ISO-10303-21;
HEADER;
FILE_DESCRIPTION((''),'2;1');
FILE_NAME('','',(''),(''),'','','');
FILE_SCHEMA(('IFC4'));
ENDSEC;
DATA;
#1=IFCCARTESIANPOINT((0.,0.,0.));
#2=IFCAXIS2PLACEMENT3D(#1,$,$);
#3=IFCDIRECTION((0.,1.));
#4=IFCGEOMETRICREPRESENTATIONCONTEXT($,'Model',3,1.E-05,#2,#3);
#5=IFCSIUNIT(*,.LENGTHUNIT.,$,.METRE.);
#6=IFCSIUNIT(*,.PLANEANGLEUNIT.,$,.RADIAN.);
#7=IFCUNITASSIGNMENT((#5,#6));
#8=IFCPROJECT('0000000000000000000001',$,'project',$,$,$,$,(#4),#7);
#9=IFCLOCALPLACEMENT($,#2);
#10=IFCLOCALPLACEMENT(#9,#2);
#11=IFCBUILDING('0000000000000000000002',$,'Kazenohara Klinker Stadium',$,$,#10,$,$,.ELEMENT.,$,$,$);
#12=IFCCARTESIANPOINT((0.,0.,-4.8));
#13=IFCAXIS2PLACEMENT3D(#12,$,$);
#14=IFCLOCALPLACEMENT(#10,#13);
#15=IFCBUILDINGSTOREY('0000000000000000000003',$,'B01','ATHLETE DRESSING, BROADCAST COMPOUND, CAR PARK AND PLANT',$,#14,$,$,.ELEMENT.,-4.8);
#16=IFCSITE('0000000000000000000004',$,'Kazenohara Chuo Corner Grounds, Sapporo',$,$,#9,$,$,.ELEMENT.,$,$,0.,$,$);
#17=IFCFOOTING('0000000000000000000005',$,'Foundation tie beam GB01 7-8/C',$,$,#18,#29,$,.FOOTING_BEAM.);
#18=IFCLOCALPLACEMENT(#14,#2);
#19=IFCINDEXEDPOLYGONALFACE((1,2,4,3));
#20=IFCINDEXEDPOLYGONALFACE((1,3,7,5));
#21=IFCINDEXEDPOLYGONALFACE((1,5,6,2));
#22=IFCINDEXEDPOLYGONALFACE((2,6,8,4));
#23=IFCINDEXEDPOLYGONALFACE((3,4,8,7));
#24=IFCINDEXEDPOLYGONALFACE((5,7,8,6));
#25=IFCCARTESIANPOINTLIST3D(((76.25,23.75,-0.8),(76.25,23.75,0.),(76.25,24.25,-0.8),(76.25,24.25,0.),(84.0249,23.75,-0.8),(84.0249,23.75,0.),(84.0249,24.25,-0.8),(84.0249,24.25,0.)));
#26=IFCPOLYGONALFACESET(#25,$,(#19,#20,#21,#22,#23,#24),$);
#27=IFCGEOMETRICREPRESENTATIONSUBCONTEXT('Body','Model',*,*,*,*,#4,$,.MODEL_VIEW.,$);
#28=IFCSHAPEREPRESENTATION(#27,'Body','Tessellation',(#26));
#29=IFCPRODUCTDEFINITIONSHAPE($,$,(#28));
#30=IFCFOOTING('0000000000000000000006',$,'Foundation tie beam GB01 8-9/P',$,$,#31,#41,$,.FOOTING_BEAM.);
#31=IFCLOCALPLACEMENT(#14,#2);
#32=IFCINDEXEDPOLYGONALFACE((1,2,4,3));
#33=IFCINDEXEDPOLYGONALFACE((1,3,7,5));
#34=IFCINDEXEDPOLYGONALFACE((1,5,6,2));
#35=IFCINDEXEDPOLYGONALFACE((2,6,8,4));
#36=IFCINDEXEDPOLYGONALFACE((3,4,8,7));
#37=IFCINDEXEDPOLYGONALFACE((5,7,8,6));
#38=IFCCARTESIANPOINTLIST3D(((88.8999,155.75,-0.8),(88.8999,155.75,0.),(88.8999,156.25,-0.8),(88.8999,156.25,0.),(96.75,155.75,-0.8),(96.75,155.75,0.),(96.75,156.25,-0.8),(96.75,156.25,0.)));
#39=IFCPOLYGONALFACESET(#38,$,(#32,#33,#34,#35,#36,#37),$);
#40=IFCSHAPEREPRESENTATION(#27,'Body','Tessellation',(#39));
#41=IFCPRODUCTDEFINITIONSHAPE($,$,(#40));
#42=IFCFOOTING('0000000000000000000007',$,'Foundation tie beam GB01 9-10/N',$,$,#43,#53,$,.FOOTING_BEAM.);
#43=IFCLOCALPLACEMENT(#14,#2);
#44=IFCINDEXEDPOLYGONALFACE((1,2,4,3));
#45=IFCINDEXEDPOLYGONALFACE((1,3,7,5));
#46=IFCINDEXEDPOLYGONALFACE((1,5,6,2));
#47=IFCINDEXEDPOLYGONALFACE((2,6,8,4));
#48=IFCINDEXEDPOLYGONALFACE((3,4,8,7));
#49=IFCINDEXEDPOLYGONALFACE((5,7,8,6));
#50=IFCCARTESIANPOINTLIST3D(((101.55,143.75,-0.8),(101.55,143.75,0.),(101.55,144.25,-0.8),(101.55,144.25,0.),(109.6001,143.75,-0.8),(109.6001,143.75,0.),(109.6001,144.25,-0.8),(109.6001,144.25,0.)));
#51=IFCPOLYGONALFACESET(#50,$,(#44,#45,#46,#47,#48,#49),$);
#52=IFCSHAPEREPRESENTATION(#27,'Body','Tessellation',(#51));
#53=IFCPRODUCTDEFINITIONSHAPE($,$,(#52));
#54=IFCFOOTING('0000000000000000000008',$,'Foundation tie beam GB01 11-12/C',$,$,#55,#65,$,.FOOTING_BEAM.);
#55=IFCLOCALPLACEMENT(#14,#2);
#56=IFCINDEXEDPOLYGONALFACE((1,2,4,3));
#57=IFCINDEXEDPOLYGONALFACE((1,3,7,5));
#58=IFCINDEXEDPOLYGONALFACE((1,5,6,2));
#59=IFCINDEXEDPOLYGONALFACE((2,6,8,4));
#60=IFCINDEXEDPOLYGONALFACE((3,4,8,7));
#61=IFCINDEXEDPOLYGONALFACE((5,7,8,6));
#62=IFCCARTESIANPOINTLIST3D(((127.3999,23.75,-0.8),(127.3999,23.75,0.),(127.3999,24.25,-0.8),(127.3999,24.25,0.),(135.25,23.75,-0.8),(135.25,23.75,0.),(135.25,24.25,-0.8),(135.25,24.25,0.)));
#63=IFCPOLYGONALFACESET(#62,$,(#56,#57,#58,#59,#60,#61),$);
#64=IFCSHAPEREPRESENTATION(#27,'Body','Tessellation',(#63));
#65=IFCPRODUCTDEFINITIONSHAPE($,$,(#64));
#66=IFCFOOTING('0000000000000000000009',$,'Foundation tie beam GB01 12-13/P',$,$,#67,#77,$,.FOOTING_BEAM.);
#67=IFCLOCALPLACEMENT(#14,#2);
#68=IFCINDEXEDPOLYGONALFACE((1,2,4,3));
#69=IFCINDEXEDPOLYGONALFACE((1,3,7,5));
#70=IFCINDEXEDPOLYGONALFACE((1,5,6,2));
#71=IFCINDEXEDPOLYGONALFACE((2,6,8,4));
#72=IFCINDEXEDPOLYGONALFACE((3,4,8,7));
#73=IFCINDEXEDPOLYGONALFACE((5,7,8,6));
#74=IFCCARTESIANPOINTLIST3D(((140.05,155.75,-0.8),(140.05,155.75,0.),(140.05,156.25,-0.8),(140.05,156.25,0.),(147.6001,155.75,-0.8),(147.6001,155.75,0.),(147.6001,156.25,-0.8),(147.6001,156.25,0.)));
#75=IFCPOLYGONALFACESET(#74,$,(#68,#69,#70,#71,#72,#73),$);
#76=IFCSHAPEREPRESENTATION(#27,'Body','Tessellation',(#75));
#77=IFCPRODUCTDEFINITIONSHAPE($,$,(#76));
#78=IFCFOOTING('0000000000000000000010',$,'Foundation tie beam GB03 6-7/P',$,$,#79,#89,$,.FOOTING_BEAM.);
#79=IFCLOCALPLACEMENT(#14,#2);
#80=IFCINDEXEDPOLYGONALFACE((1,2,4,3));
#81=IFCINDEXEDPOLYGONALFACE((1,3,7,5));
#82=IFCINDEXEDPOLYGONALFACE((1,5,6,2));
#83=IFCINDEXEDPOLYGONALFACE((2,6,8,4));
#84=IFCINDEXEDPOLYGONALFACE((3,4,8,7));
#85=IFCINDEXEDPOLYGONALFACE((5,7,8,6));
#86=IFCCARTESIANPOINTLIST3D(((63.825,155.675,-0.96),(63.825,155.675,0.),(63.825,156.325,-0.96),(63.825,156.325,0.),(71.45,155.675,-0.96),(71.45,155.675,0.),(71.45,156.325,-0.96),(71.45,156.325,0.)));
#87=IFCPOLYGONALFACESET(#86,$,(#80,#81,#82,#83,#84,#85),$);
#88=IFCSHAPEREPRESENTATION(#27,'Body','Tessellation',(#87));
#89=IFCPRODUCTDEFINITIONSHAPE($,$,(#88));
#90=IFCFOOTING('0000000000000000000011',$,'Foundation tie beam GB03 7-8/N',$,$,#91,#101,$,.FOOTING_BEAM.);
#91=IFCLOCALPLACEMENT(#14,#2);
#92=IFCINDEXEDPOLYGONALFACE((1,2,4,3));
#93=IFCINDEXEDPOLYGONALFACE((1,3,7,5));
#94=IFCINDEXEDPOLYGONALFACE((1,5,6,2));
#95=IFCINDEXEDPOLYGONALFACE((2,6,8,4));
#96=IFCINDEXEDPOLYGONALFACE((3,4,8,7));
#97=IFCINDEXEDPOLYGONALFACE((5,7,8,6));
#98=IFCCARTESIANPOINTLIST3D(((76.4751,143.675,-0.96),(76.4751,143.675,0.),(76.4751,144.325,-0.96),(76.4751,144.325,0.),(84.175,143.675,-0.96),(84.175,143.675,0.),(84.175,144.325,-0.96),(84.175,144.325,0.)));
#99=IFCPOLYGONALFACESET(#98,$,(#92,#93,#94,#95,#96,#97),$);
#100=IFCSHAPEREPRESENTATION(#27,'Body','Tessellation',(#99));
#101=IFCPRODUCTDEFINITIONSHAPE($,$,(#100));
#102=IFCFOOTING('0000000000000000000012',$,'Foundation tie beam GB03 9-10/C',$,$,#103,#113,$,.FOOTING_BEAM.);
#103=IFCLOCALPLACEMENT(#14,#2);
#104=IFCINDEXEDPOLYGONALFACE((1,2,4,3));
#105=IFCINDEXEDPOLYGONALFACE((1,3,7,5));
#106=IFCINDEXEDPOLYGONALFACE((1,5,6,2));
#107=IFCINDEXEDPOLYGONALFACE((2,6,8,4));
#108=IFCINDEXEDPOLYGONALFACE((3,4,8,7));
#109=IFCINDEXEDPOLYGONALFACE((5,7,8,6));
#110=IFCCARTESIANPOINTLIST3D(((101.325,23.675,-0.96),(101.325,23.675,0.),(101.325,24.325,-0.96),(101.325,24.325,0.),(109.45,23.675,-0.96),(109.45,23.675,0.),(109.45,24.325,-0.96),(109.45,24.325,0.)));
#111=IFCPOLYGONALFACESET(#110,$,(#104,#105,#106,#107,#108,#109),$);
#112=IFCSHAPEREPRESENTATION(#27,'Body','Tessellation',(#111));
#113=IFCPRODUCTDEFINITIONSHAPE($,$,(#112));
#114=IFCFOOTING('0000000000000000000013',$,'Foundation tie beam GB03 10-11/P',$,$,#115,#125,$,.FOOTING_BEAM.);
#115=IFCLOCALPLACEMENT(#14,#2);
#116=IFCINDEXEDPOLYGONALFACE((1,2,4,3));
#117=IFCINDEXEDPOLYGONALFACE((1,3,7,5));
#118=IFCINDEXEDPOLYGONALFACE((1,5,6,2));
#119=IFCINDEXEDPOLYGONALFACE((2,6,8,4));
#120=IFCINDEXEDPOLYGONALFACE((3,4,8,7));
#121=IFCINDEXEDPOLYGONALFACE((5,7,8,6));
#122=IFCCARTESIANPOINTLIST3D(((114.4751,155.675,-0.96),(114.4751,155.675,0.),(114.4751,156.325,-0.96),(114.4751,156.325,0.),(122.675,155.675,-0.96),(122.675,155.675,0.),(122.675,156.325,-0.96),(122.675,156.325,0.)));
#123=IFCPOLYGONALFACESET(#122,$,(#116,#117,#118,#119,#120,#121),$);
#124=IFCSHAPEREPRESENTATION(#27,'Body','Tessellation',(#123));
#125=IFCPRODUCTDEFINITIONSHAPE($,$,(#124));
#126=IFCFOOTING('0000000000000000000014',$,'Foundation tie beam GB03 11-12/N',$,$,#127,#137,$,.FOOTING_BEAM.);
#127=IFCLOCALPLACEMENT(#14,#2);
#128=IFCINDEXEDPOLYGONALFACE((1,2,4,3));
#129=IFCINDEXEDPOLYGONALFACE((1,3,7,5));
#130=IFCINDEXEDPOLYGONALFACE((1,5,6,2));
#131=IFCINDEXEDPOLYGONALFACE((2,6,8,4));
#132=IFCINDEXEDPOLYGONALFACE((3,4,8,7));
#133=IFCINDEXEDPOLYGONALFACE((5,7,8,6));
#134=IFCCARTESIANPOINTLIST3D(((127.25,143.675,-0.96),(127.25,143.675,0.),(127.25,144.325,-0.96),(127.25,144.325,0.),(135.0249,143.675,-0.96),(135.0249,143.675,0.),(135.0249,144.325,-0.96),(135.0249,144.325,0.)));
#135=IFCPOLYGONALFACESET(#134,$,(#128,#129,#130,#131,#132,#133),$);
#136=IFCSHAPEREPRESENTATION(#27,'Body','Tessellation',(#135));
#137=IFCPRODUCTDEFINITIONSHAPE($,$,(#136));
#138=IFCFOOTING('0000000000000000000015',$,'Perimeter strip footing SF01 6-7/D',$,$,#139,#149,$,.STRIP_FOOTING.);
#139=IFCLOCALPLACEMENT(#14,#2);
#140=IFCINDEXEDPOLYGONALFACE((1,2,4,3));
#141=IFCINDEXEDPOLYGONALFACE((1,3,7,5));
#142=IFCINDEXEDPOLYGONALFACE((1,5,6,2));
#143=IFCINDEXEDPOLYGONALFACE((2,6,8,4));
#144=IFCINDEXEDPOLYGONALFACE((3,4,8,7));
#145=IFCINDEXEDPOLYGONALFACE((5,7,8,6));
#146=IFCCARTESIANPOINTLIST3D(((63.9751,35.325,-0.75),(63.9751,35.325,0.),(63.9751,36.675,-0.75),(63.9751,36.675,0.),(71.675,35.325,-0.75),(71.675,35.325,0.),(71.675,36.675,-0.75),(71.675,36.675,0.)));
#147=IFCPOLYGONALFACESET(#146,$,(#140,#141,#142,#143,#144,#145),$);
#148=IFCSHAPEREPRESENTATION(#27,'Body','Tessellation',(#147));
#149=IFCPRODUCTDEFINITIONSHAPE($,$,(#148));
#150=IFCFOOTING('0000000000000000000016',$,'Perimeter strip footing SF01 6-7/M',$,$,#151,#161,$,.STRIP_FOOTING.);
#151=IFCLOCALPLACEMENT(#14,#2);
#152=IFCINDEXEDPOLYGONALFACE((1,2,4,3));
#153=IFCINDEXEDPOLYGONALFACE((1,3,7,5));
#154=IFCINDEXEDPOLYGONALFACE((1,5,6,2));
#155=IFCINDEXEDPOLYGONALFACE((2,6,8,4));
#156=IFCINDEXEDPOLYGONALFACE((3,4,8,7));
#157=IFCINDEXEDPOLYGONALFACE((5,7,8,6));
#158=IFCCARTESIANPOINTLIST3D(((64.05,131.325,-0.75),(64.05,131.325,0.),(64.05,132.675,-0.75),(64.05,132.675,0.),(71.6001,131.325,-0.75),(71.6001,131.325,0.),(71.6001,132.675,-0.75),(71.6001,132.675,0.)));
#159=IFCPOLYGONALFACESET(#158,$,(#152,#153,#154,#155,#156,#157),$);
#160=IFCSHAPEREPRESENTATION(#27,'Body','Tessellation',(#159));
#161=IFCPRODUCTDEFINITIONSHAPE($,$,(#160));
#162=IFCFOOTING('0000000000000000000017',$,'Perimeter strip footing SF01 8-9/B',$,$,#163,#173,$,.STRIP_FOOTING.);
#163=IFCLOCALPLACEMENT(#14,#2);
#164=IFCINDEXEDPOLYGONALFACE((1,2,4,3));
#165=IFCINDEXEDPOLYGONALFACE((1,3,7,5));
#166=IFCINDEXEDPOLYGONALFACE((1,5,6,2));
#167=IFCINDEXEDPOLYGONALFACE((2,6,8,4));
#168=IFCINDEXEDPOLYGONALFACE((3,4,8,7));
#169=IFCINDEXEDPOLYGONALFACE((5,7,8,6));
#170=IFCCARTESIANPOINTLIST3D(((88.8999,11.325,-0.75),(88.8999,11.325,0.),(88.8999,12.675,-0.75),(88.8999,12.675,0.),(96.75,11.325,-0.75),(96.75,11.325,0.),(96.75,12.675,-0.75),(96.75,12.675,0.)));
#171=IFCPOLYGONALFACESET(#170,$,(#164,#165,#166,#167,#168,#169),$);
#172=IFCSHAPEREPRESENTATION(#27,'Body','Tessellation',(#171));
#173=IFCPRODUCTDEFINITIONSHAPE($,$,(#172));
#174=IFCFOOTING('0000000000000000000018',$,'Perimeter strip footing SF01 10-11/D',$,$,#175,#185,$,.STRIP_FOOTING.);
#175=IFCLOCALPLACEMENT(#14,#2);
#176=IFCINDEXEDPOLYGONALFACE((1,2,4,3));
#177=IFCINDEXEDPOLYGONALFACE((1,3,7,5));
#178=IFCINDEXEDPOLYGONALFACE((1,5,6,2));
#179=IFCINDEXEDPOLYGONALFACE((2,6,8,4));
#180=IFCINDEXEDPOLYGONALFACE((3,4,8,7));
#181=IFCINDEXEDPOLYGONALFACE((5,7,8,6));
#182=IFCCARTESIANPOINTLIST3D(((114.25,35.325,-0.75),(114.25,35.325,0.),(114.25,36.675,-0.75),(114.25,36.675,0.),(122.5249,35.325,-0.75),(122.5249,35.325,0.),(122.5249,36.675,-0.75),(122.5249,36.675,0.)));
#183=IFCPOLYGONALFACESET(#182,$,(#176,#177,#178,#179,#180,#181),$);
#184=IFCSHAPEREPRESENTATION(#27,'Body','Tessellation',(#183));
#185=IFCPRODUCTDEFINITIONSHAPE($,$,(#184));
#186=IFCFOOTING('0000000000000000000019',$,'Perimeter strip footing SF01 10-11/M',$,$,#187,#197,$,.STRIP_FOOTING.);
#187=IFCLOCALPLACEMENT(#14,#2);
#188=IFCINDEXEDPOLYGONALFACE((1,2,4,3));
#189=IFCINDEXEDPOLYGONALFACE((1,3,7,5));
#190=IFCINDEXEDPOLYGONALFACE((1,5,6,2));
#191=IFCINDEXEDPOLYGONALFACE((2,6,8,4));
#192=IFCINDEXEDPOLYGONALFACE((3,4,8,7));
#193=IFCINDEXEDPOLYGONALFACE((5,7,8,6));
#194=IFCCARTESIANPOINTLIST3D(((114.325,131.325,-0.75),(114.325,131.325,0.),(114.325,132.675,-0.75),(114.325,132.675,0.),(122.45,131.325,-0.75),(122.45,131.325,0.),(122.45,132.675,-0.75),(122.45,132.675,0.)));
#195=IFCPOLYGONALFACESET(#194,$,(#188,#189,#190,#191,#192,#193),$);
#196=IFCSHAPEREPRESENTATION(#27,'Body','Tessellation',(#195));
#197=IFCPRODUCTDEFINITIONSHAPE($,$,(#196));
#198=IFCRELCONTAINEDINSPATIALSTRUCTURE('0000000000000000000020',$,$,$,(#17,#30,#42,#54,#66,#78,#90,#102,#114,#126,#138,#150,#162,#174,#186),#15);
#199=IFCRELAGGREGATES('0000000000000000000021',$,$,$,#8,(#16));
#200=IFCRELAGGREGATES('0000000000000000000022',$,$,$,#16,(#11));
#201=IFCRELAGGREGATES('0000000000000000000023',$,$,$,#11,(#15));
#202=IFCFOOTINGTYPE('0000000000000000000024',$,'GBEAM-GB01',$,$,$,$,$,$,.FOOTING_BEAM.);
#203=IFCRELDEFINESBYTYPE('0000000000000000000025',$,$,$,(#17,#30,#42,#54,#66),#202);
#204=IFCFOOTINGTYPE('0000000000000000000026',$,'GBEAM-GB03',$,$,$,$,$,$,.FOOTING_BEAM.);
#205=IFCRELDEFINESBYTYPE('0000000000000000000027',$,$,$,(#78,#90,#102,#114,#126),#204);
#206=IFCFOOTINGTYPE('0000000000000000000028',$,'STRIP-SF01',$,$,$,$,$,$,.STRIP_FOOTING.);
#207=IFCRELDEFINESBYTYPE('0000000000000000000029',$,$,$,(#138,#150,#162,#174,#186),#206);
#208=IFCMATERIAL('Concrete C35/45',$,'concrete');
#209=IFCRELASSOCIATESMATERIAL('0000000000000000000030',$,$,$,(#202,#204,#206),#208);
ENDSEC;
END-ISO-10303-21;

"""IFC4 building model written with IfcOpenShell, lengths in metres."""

from ifc_helpers import new_model, si_unit, direction, frame, origin, place, context, subcontext, project, spatial, polyline, outline, extrude, material, type_object, element, save


model = new_model("IFC4")

# Units and contexts
model_context = context("Model", 3, precision=1e-05, world=origin(), true_north=direction((0.0, 1.0)))
body_context = subcontext(model_context, "Body", "Model", "MODEL_VIEW")
ifc_project = project(units=[si_unit("LENGTHUNIT", "METRE"), si_unit("PLANEANGLEUNIT", "RADIAN")], contexts=[model_context])

# Site, building, storey
site_placement = place(None, origin())
site = spatial("IfcSite", under=ifc_project, at=site_placement, Name="Kazenohara Chuo Corner Grounds, Sapporo", CompositionType="ELEMENT", RefElevation=0.0)
building_placement = place(site_placement, origin())
building = spatial("IfcBuilding", under=site, at=building_placement, Name="Kazenohara Klinker Stadium", CompositionType="ELEMENT")
storey_placement = place(building_placement, frame((0.0, 0.0, -4.8)))
storey = spatial("IfcBuildingStorey", under=building, at=storey_placement, Name="B01", Description="ATHLETE DRESSING, BROADCAST COMPOUND, CAR PARK AND PLANT", CompositionType="ELEMENT", Elevation=-4.8)

# Footings
ifc_material = material(Name="Concrete C35/45", Category="concrete")
footing_type_1 = type_object("IfcFootingType", Name="GBEAM-GB01", PredefinedType="FOOTING_BEAM", material=ifc_material)
footing_1_placement = place(storey_placement, frame((0.0, 0.0, -0.8)))
element("IfcFooting", 1, at=footing_1_placement, inside=storey, type_object=footing_type_1, Name="Foundation tie beam GB01 7-8/C", PredefinedType="FOOTING_BEAM", context=body_context, shape_type="SweptSolid", body=[
    extrude(outline(polyline([(76.25, 23.75), (84.0249, 23.75), (84.0249, 24.25), (76.25, 24.25), (76.25, 23.75)])), origin(), (0.0, 0.0, 1.0), 0.8),
])
footing_2_placement = place(storey_placement, frame((0.0, 0.0, -0.8)))
element("IfcFooting", 2, at=footing_2_placement, inside=storey, type_object=footing_type_1, Name="Foundation tie beam GB01 8-9/P", PredefinedType="FOOTING_BEAM", context=body_context, shape_type="SweptSolid", body=[
    extrude(outline(polyline([(88.8999, 155.75), (96.75, 155.75), (96.75, 156.25), (88.8999, 156.25), (88.8999, 155.75)])), origin(), (0.0, 0.0, 1.0), 0.8),
])
footing_3_placement = place(storey_placement, frame((0.0, 0.0, -0.8)))
element("IfcFooting", 3, at=footing_3_placement, inside=storey, type_object=footing_type_1, Name="Foundation tie beam GB01 9-10/N", PredefinedType="FOOTING_BEAM", context=body_context, shape_type="SweptSolid", body=[
    extrude(outline(polyline([(101.55, 143.75), (109.6001, 143.75), (109.6001, 144.25), (101.55, 144.25), (101.55, 143.75)])), origin(), (0.0, 0.0, 1.0), 0.8),
])
footing_4_placement = place(storey_placement, frame((0.0, 0.0, -0.8)))
element("IfcFooting", 4, at=footing_4_placement, inside=storey, type_object=footing_type_1, Name="Foundation tie beam GB01 11-12/C", PredefinedType="FOOTING_BEAM", context=body_context, shape_type="SweptSolid", body=[
    extrude(outline(polyline([(127.3999, 23.75), (135.25, 23.75), (135.25, 24.25), (127.3999, 24.25), (127.3999, 23.75)])), origin(), (0.0, 0.0, 1.0), 0.8),
])
footing_5_placement = place(storey_placement, frame((0.0, 0.0, -0.8)))
element("IfcFooting", 5, at=footing_5_placement, inside=storey, type_object=footing_type_1, Name="Foundation tie beam GB01 12-13/P", PredefinedType="FOOTING_BEAM", context=body_context, shape_type="SweptSolid", body=[
    extrude(outline(polyline([(140.05, 155.75), (147.6001, 155.75), (147.6001, 156.25), (140.05, 156.25), (140.05, 155.75)])), origin(), (0.0, 0.0, 1.0), 0.8),
])
footing_type_2 = type_object("IfcFootingType", Name="GBEAM-GB03", PredefinedType="FOOTING_BEAM", material=ifc_material)
footing_6_placement = place(storey_placement, frame((0.0, 0.0, -0.96)))
element("IfcFooting", 6, at=footing_6_placement, inside=storey, type_object=footing_type_2, Name="Foundation tie beam GB03 6-7/P", PredefinedType="FOOTING_BEAM", context=body_context, shape_type="SweptSolid", body=[
    extrude(outline(polyline([(63.825, 155.675), (71.45, 155.675), (71.45, 156.325), (63.825, 156.325), (63.825, 155.675)])), origin(), (0.0, 0.0, 1.0), 0.96),
])
footing_7_placement = place(storey_placement, frame((0.0, 0.0, -0.96)))
element("IfcFooting", 7, at=footing_7_placement, inside=storey, type_object=footing_type_2, Name="Foundation tie beam GB03 7-8/N", PredefinedType="FOOTING_BEAM", context=body_context, shape_type="SweptSolid", body=[
    extrude(outline(polyline([(76.4751, 143.675), (84.175, 143.675), (84.175, 144.325), (76.4751, 144.325), (76.4751, 143.675)])), origin(), (0.0, 0.0, 1.0), 0.96),
])
footing_8_placement = place(storey_placement, frame((0.0, 0.0, -0.96)))
element("IfcFooting", 8, at=footing_8_placement, inside=storey, type_object=footing_type_2, Name="Foundation tie beam GB03 9-10/C", PredefinedType="FOOTING_BEAM", context=body_context, shape_type="SweptSolid", body=[
    extrude(outline(polyline([(101.325, 23.675), (109.45, 23.675), (109.45, 24.325), (101.325, 24.325), (101.325, 23.675)])), origin(), (0.0, 0.0, 1.0), 0.96),
])
footing_9_placement = place(storey_placement, frame((0.0, 0.0, -0.96)))
element("IfcFooting", 9, at=footing_9_placement, inside=storey, type_object=footing_type_2, Name="Foundation tie beam GB03 10-11/P", PredefinedType="FOOTING_BEAM", context=body_context, shape_type="SweptSolid", body=[
    extrude(outline(polyline([(114.4751, 155.675), (122.675, 155.675), (122.675, 156.325), (114.4751, 156.325), (114.4751, 155.675)])), origin(), (0.0, 0.0, 1.0), 0.96),
])
footing_10_placement = place(storey_placement, frame((0.0, 0.0, -0.96)))
element("IfcFooting", 10, at=footing_10_placement, inside=storey, type_object=footing_type_2, Name="Foundation tie beam GB03 11-12/N", PredefinedType="FOOTING_BEAM", context=body_context, shape_type="SweptSolid", body=[
    extrude(outline(polyline([(127.25, 143.675), (135.0249, 143.675), (135.0249, 144.325), (127.25, 144.325), (127.25, 143.675)])), origin(), (0.0, 0.0, 1.0), 0.96),
])
footing_type_3 = type_object("IfcFootingType", Name="STRIP-SF01", PredefinedType="STRIP_FOOTING", material=ifc_material)
footing_11_placement = place(storey_placement, frame((0.0, 0.0, -0.75)))
element("IfcFooting", 11, at=footing_11_placement, inside=storey, type_object=footing_type_3, Name="Perimeter strip footing SF01 6-7/D", PredefinedType="STRIP_FOOTING", context=body_context, shape_type="SweptSolid", body=[
    extrude(outline(polyline([(63.9751, 35.325), (71.675, 35.325), (71.675, 36.675), (63.9751, 36.675), (63.9751, 35.325)])), origin(), (0.0, 0.0, 1.0), 0.75),
])
footing_12_placement = place(storey_placement, frame((0.0, 0.0, -0.75)))
element("IfcFooting", 12, at=footing_12_placement, inside=storey, type_object=footing_type_3, Name="Perimeter strip footing SF01 6-7/M", PredefinedType="STRIP_FOOTING", context=body_context, shape_type="SweptSolid", body=[
    extrude(outline(polyline([(64.05, 131.325), (71.6001, 131.325), (71.6001, 132.675), (64.05, 132.675), (64.05, 131.325)])), origin(), (0.0, 0.0, 1.0), 0.75),
])
footing_13_placement = place(storey_placement, frame((0.0, 0.0, -0.75)))
element("IfcFooting", 13, at=footing_13_placement, inside=storey, type_object=footing_type_3, Name="Perimeter strip footing SF01 8-9/B", PredefinedType="STRIP_FOOTING", context=body_context, shape_type="SweptSolid", body=[
    extrude(outline(polyline([(88.8999, 11.325), (96.75, 11.325), (96.75, 12.675), (88.8999, 12.675), (88.8999, 11.325)])), origin(), (0.0, 0.0, 1.0), 0.75),
])
footing_14_placement = place(storey_placement, frame((0.0, 0.0, -0.75)))
element("IfcFooting", 14, at=footing_14_placement, inside=storey, type_object=footing_type_3, Name="Perimeter strip footing SF01 10-11/D", PredefinedType="STRIP_FOOTING", context=body_context, shape_type="SweptSolid", body=[
    extrude(outline(polyline([(114.25, 35.325), (122.5249, 35.325), (122.5249, 36.675), (114.25, 36.675), (114.25, 35.325)])), origin(), (0.0, 0.0, 1.0), 0.75),
])
footing_15_placement = place(storey_placement, frame((0.0, 0.0, -0.75)))
element("IfcFooting", 15, at=footing_15_placement, inside=storey, type_object=footing_type_3, Name="Perimeter strip footing SF01 10-11/M", PredefinedType="STRIP_FOOTING", context=body_context, shape_type="SweptSolid", body=[
    extrude(outline(polyline([(114.325, 131.325), (122.45, 131.325), (122.45, 132.675), (114.325, 132.675), (114.325, 131.325)])), origin(), (0.0, 0.0, 1.0), 0.75),
])

save(model, "model.ifc")
